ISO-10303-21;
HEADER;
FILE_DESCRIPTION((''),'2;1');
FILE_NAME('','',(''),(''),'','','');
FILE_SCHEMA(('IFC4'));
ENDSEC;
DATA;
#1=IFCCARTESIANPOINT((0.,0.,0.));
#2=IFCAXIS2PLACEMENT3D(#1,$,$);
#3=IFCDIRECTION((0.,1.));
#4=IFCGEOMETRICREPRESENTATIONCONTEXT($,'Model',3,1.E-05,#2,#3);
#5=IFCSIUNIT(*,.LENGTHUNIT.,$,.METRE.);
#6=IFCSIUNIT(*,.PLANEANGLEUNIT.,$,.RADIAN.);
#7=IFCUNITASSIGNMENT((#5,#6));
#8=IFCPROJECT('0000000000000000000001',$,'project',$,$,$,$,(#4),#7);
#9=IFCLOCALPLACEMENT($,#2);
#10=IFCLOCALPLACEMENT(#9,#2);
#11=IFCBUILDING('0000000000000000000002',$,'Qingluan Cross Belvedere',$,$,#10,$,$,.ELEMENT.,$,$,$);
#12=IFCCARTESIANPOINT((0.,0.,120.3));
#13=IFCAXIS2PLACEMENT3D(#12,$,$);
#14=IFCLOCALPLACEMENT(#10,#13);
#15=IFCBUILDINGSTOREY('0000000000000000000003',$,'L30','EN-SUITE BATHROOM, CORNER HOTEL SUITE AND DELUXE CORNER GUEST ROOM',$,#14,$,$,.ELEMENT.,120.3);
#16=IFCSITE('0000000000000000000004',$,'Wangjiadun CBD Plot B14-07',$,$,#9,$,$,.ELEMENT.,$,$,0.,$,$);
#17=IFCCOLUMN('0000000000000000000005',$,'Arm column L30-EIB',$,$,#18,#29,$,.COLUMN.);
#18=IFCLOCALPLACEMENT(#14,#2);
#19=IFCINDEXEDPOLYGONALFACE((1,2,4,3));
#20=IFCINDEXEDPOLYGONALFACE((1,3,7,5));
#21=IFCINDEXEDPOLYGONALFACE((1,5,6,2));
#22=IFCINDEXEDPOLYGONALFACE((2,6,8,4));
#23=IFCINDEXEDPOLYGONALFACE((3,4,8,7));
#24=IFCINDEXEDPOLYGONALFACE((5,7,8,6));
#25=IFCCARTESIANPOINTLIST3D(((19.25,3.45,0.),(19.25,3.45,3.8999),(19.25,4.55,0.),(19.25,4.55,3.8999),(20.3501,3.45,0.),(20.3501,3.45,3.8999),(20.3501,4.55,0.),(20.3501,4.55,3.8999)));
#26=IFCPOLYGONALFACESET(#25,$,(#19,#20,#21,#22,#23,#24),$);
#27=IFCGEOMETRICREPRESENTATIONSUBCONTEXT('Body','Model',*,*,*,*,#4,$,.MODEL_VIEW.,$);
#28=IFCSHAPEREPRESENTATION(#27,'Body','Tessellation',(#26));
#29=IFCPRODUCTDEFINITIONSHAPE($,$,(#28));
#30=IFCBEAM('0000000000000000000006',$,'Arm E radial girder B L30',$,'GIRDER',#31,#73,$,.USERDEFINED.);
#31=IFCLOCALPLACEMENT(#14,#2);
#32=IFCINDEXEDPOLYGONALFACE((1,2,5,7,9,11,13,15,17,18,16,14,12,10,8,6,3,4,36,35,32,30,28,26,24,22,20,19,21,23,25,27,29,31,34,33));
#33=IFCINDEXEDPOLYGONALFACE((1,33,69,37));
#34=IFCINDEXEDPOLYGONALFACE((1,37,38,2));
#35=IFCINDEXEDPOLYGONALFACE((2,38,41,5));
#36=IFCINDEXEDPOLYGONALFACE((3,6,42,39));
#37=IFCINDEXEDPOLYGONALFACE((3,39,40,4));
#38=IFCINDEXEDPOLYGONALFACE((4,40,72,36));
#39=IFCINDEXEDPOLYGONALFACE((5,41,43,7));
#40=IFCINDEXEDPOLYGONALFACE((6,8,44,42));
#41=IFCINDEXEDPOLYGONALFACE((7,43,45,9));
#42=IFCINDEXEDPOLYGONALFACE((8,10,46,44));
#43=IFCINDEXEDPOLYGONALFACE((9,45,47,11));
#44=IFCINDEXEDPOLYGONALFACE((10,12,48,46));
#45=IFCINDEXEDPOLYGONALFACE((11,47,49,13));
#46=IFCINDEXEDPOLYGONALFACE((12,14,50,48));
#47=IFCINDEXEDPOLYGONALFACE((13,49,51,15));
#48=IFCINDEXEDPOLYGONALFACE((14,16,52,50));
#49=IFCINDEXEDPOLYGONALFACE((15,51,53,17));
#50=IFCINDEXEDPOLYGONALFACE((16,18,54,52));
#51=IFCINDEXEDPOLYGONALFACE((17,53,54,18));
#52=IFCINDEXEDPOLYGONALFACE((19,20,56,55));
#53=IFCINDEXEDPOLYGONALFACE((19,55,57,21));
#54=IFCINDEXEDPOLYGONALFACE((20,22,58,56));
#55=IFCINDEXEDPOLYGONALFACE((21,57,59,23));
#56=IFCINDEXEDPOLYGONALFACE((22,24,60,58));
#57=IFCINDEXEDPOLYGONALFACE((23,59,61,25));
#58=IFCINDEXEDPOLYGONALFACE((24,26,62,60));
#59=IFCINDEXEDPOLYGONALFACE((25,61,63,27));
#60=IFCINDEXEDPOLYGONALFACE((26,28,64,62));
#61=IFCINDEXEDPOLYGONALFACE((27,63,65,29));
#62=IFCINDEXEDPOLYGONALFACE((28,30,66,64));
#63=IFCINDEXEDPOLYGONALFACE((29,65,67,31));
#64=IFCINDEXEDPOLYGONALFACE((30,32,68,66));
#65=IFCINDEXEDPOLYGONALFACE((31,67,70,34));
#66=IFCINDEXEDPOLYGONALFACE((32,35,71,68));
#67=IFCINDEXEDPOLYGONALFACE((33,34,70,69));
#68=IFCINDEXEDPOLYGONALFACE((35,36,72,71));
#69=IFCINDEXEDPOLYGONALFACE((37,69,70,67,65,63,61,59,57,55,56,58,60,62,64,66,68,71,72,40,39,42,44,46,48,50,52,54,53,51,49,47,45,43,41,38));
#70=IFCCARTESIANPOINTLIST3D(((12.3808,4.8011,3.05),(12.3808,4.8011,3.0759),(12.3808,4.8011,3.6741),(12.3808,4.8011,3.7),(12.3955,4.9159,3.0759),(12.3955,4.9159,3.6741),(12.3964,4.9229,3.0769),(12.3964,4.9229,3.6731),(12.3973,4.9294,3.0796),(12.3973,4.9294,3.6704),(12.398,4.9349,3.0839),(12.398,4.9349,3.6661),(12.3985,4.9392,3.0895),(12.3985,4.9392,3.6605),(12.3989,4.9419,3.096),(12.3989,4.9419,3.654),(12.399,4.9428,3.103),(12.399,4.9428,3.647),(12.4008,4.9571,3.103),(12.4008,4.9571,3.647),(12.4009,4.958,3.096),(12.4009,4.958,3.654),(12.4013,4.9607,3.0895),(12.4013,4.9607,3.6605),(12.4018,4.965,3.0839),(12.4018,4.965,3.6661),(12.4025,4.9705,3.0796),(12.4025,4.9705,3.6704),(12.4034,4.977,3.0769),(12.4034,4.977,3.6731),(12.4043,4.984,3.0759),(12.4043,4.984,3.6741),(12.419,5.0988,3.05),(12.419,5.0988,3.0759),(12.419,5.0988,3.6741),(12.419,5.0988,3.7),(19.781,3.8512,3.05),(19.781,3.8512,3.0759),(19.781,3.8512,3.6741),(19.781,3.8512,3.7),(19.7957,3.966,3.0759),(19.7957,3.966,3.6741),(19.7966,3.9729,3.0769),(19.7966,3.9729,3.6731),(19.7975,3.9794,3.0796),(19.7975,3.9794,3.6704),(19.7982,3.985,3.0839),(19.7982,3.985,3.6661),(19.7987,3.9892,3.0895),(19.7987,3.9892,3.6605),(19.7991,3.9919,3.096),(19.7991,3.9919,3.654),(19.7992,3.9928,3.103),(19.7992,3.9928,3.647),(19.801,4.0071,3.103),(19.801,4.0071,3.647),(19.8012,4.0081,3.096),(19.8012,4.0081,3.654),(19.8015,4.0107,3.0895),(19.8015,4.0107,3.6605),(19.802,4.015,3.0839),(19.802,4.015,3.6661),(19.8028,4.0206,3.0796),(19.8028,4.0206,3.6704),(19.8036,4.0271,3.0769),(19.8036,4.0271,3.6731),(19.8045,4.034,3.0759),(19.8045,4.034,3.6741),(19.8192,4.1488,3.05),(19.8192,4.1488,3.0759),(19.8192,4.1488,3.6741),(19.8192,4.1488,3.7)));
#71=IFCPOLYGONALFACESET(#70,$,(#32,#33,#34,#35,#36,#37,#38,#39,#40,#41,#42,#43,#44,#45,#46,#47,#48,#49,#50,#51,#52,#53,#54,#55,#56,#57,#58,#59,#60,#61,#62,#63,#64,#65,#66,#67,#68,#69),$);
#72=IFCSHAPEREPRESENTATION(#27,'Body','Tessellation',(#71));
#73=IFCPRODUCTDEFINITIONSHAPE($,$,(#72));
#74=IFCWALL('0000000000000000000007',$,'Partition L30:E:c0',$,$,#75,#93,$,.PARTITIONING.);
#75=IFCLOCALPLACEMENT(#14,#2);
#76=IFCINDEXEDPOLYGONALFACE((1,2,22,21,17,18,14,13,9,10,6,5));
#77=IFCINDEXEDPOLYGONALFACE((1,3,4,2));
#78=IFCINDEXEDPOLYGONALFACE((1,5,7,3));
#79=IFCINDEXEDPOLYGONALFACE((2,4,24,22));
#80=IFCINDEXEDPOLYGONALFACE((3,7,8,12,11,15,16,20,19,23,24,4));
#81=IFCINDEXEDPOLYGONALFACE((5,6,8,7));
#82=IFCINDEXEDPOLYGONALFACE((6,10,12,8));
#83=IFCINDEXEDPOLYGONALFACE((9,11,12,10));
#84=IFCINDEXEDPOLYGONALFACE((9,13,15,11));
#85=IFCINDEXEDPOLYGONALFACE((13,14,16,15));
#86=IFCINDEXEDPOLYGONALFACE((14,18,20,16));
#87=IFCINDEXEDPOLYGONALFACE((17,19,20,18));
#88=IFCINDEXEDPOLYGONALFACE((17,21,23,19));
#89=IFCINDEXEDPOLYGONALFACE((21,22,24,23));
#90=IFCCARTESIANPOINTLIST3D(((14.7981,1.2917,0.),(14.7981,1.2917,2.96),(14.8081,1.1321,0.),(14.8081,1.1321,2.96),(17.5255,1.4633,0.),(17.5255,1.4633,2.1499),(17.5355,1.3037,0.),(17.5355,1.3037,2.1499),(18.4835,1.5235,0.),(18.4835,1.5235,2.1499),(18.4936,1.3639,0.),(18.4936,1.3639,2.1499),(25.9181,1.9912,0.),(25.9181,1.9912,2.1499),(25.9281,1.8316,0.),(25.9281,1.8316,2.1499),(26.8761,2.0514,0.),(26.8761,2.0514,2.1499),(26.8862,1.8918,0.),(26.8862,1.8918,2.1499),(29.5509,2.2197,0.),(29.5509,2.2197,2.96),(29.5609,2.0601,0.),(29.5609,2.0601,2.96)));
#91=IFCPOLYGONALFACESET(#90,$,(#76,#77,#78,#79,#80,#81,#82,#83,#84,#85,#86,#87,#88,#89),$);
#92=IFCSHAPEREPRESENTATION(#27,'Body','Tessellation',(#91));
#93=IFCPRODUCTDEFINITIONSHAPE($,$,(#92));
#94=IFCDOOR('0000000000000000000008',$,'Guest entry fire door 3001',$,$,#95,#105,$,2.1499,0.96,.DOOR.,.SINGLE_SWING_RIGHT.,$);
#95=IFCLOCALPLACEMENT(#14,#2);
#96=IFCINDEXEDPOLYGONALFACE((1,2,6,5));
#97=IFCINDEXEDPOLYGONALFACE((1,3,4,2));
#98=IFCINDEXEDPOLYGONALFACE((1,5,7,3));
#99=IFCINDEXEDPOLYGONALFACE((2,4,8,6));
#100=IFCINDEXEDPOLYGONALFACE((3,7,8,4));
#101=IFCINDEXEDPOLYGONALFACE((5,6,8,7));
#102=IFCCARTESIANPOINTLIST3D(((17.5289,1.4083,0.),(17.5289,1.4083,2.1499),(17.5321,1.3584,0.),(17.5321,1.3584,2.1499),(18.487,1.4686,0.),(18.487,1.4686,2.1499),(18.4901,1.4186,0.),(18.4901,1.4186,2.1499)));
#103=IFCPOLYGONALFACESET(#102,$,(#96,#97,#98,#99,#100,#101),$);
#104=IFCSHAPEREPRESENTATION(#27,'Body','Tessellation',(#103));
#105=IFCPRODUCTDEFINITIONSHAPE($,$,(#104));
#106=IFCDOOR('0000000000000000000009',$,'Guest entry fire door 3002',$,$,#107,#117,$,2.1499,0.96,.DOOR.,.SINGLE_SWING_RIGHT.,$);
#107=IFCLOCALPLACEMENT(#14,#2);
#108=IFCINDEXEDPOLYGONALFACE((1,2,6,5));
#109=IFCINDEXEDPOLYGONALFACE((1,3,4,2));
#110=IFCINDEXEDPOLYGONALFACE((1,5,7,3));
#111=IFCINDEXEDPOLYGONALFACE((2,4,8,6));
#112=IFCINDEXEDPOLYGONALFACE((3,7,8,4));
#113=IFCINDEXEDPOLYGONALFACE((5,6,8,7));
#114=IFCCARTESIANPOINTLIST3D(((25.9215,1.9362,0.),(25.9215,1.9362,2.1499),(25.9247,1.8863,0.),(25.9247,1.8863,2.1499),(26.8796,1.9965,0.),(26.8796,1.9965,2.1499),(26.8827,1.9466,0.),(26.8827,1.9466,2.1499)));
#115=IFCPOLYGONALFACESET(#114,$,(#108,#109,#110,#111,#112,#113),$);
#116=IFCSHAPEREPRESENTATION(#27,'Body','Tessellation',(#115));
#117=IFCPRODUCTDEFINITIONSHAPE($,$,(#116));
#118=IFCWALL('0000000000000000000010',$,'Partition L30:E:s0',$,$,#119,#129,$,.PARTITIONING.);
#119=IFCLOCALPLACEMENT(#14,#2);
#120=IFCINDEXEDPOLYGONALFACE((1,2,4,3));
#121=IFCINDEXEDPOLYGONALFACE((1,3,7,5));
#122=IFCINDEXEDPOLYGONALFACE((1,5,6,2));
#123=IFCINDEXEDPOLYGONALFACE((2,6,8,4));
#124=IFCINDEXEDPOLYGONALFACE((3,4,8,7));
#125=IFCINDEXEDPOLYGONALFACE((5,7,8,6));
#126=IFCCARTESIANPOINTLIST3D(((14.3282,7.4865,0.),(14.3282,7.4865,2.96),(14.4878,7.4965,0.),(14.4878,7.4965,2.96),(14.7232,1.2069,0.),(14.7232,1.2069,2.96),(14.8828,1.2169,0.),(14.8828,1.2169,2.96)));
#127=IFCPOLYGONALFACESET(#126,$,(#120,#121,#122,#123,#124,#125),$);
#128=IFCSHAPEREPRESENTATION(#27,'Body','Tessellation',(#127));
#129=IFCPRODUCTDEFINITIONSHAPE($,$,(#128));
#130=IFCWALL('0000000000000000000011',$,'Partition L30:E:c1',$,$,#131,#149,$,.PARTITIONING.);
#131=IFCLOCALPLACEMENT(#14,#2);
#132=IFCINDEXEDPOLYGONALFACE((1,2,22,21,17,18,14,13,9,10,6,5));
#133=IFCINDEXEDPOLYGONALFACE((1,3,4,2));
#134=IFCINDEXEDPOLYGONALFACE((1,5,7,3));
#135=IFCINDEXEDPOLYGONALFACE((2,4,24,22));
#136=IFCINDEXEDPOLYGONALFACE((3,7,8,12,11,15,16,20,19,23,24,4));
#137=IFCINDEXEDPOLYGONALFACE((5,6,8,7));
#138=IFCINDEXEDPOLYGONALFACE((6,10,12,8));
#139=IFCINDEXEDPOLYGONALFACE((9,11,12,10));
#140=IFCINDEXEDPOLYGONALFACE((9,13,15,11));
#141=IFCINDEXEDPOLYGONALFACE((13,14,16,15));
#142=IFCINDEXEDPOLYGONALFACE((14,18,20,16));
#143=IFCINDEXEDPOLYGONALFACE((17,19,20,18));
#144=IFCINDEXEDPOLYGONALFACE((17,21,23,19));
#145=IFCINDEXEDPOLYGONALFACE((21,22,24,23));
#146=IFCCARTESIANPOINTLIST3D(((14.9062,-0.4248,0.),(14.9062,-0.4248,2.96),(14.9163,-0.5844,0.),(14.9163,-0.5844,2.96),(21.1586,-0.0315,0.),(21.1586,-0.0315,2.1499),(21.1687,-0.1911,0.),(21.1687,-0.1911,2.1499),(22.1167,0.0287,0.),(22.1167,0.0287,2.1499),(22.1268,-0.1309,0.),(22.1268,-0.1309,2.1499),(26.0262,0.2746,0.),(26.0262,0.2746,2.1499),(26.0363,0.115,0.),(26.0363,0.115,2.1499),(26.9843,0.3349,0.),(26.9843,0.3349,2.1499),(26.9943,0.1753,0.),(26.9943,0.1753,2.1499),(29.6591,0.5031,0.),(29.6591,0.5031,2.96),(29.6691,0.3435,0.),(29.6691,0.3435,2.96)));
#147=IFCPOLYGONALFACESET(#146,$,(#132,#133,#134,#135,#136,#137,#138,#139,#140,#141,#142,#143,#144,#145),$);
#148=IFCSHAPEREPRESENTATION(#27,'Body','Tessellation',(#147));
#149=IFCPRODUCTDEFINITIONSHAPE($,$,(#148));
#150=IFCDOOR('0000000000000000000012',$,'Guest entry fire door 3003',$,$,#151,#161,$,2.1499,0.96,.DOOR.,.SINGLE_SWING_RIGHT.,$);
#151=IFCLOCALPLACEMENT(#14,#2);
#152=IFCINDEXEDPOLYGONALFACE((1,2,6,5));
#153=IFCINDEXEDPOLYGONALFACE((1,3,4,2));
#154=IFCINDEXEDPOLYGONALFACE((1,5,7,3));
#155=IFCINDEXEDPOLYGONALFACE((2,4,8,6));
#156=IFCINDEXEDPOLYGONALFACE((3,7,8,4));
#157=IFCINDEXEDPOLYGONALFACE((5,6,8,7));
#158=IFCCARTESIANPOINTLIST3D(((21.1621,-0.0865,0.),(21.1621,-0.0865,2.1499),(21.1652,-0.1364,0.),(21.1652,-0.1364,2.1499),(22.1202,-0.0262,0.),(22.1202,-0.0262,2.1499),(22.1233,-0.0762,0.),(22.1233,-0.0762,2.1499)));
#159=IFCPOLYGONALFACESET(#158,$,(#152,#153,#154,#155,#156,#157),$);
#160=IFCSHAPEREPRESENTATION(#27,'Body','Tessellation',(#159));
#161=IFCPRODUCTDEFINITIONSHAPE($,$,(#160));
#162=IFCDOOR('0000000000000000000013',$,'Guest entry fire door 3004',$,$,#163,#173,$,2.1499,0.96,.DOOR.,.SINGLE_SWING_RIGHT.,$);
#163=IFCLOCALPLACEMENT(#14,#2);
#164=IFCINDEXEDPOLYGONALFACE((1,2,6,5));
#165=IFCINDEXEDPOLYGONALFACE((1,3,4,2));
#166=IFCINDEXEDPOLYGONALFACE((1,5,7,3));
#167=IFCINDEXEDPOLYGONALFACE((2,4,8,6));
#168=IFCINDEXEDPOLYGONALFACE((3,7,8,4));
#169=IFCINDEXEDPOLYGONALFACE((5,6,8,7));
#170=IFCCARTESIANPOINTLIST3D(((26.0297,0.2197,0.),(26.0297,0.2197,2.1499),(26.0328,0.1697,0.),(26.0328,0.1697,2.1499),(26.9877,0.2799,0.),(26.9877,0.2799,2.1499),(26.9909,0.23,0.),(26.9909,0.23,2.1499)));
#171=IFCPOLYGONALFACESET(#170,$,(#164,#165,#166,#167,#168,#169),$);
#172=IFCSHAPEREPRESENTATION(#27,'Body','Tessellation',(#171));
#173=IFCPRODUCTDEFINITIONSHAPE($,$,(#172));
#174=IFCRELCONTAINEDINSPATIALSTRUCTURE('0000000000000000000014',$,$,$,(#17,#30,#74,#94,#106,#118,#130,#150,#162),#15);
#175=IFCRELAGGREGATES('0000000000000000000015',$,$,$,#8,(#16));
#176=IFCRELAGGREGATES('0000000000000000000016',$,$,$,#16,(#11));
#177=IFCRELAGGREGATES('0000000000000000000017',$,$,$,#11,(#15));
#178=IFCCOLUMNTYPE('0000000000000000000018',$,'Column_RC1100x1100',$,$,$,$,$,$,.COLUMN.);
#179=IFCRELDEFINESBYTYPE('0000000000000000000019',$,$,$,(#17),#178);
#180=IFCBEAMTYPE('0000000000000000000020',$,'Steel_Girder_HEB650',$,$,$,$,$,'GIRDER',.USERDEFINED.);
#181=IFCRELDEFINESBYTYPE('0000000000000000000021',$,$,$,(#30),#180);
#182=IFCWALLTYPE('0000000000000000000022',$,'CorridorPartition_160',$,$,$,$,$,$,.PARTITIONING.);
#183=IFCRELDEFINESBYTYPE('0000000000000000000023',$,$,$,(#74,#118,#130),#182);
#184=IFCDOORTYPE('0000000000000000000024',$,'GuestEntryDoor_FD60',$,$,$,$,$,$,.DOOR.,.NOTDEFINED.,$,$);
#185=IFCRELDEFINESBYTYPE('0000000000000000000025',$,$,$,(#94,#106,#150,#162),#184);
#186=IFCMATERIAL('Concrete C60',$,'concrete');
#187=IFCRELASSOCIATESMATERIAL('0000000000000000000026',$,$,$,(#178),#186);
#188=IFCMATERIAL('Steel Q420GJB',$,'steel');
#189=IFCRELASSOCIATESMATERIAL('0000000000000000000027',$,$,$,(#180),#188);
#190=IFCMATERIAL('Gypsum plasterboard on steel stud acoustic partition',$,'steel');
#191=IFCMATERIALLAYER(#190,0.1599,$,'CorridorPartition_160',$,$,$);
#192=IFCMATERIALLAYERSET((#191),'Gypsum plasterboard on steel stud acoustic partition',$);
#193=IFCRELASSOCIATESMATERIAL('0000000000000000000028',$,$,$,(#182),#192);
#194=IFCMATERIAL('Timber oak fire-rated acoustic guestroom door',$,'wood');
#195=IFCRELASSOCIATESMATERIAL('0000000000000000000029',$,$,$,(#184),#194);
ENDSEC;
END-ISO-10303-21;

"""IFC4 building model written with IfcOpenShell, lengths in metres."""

from ifc_helpers import new_model, si_unit, direction, frame, frame_2d, origin, origin_2d, place, context, subcontext, project, spatial, rectangle, i_section, extrude, material, layer, layer_set, material_profile, profile_set, type_object, element, fill, save


model = new_model("IFC4")

# Units and contexts
model_context = context("Model", 3, precision=1e-05, world=origin(), true_north=direction((0.0, 1.0)))
body_context = subcontext(model_context, "Body", "Model", "MODEL_VIEW")
ifc_project = project(units=[si_unit("LENGTHUNIT", "METRE"), si_unit("PLANEANGLEUNIT", "RADIAN")], contexts=[model_context])

# Site, building, storey
site_placement = place(None, origin())
site = spatial("IfcSite", under=ifc_project, at=site_placement, Name="Wangjiadun CBD Plot B14-07", CompositionType="ELEMENT", RefElevation=0.0)
building_placement = place(site_placement, origin())
building = spatial("IfcBuilding", under=site, at=building_placement, Name="Qingluan Cross Belvedere", CompositionType="ELEMENT")
storey_placement = place(building_placement, frame((0.0, 0.0, 120.3)))
storey = spatial("IfcBuildingStorey", under=building, at=storey_placement, Name="L30", Description="EN-SUITE BATHROOM, CORNER HOTEL SUITE AND DELUXE CORNER GUEST ROOM", CompositionType="ELEMENT", Elevation=120.3)

# Column
ifc_material_1 = material(Name="Concrete C60", Category="concrete")
ifc_material_profile_1 = material_profile(ifc_material_1, rectangle(XDim=1.1001, YDim=1.1001, at=origin_2d()), Name="RC1100x1100")
ifc_profile_set_1 = profile_set([ifc_material_profile_1], Name="Concrete C60")
column_type = type_object("IfcColumnType", Name="Column_RC1100x1100", PredefinedType="COLUMN", material=ifc_profile_set_1)
column_placement = place(storey_placement, frame((19.8, 4.0, 0.0), z_axis=(0.0, 0.0, 1.0), x_axis=(1.0, 0.0, 0.0)))
element("IfcColumn", 1, at=column_placement, inside=storey, type_object=column_type, Name="Arm column L30-EIB", PredefinedType="COLUMN", context=body_context, shape_type="SweptSolid", body=[
    extrude(rectangle(XDim=1.1001, YDim=1.1001, at=origin_2d()), origin(), (0.0, 0.0, 1.0), 3.8999),
])

# Beam
ifc_material_2 = material(Name="Steel Q420GJB", Category="steel")
ifc_material_profile_2 = material_profile(ifc_material_2, i_section(OverallWidth=0.3, OverallDepth=0.6499, WebThickness=0.0144, FlangeThickness=0.0259, FilletRadius=0.0271, at=origin_2d()), Name="HEB650")
ifc_profile_set_2 = profile_set([ifc_material_profile_2], Name="Steel Q420GJB")
beam_type = type_object("IfcBeamType", Name="Steel_Girder_HEB650", ElementType="GIRDER", PredefinedType="USERDEFINED", material=ifc_profile_set_2)
beam_placement = place(storey_placement, frame((12.3999, 4.95, 3.375), z_axis=(0.991861, -0.127324, 0.0), x_axis=(0.127324, 0.991861, 0.0)))
element("IfcBeam", 2, at=beam_placement, inside=storey, type_object=beam_type, Name="Arm E radial girder B L30", ObjectType="GIRDER", PredefinedType="USERDEFINED", context=body_context, shape_type="SweptSolid", body=[
    extrude(i_section(OverallWidth=0.3, OverallDepth=0.6499, WebThickness=0.0144, FlangeThickness=0.0259, FilletRadius=0.0271, at=origin_2d()), origin(), (0.0, 0.0, 1.0), 7.4609),
])

# Wall, openings, doors
ifc_material_3 = material(Name="Gypsum plasterboard on steel stud acoustic partition", Category="steel")
ifc_layer_1 = layer(ifc_material_3, 0.1599, Name="CorridorPartition_160")
ifc_layer_set_1 = layer_set([ifc_layer_1], Name="Gypsum plasterboard on steel stud acoustic partition")
wall_type_1 = type_object("IfcWallType", Name="CorridorPartition_160", PredefinedType="PARTITIONING", material=ifc_layer_set_1)
wall_1_placement = place(storey_placement, frame((14.803, 1.2119, 0.0), z_axis=(0.0, 0.0, 1.0), x_axis=(0.998028, 0.062777, 0.0)))
wall_1 = element("IfcWall", 3, at=wall_1_placement, inside=storey, type_object=wall_type_1, Name="Partition L30:E:c0", PredefinedType="PARTITIONING", context=body_context, shape_type="SweptSolid", body=[
    extrude(rectangle(XDim=14.782, YDim=0.1599, at=frame_2d((7.3911, 0.0))), origin(), (0.0, 0.0, 1.0), 2.96),
])
opening_1_placement = place(wall_1_placement, frame((2.7329, 0.0, 0.0)))
opening_1 = element("IfcOpeningElement", 4, at=opening_1_placement, cuts=wall_1, PredefinedType="OPENING", context=body_context, shape_type="SweptSolid", body=[
    extrude(rectangle(XDim=0.96, YDim=2.1499, at=frame_2d((0.48, 1.075))), frame((0.0, 0.0898, 0.0), z_axis=(0.0, -1.0, 0.0), x_axis=(1.0, 0.0, 0.0)), (0.0, 0.0, 1.0), 0.1799),
])
opening_2_placement = place(wall_1_placement, frame((11.1421, 0.0, 0.0)))
opening_2 = element("IfcOpeningElement", 5, at=opening_2_placement, cuts=wall_1, PredefinedType="OPENING", context=body_context, shape_type="SweptSolid", body=[
    extrude(rectangle(XDim=0.96, YDim=2.1499, at=frame_2d((0.48, 1.075))), frame((0.0, 0.0898, 0.0), z_axis=(0.0, -1.0, 0.0), x_axis=(1.0, 0.0, 0.0)), (0.0, 0.0, 1.0), 0.1799),
])
ifc_material_4 = material(Name="Timber oak fire-rated acoustic guestroom door", Category="wood")
door_type_1 = type_object("IfcDoorType", Name="GuestEntryDoor_FD60", OperationType="NOTDEFINED", PredefinedType="DOOR", material=ifc_material_4)
door_1_placement = place(opening_1_placement, origin())
door_1 = element("IfcDoor", 6, at=door_1_placement, inside=storey, type_object=door_type_1, Name="Guest entry fire door 3001", OperationType="SINGLE_SWING_RIGHT", OverallHeight=2.1499, OverallWidth=0.96, PredefinedType="DOOR", context=body_context, shape_type="SweptSolid", body=[
    extrude(rectangle(XDim=0.96, YDim=2.1499, at=frame_2d((0.48, 1.075))), frame((0.0, 0.0249, 0.0), z_axis=(0.0, -1.0, 0.0), x_axis=(1.0, 0.0, 0.0)), (0.0, 0.0, 1.0), 0.05),
])
fill(opening_1, door_1)
door_2_placement = place(opening_2_placement, origin())
door_2 = element("IfcDoor", 7, at=door_2_placement, inside=storey, type_object=door_type_1, Name="Guest entry fire door 3002", OperationType="SINGLE_SWING_RIGHT", OverallHeight=2.1499, OverallWidth=0.96, PredefinedType="DOOR", context=body_context, shape_type="SweptSolid", body=[
    extrude(rectangle(XDim=0.96, YDim=2.1499, at=frame_2d((0.48, 1.075))), frame((0.0, 0.0249, 0.0), z_axis=(0.0, -1.0, 0.0), x_axis=(1.0, 0.0, 0.0)), (0.0, 0.0, 1.0), 0.05),
])
fill(opening_2, door_2)

# Wall
wall_2_placement = place(storey_placement, frame((14.803, 1.2119, 0.0), z_axis=(0.0, 0.0, 1.0), x_axis=(-0.062782, 0.998027, 0.0)))
element("IfcWall", 8, at=wall_2_placement, inside=storey, type_object=wall_type_1, Name="Partition L30:E:s0", PredefinedType="PARTITIONING", context=body_context, shape_type="SweptSolid", body=[
    extrude(rectangle(XDim=6.292, YDim=0.1599, at=frame_2d((3.146, 0.0))), origin(), (0.0, 0.0, 1.0), 2.96),
])

# Wall, openings, doors
wall_3_placement = place(storey_placement, frame((14.9111, -0.5046, 0.0), z_axis=(0.0, 0.0, 1.0), x_axis=(0.998028, 0.062777, 0.0)))
wall_3 = element("IfcWall", 9, at=wall_3_placement, inside=storey, type_object=wall_type_1, Name="Partition L30:E:c1", PredefinedType="PARTITIONING", context=body_context, shape_type="SweptSolid", body=[
    extrude(rectangle(XDim=14.782, YDim=0.1599, at=frame_2d((7.3911, 0.0))), origin(), (0.0, 0.0, 1.0), 2.96),
])
opening_3_placement = place(wall_3_placement, frame((6.2649, 0.0, 0.0)))
opening_3 = element("IfcOpeningElement", 10, at=opening_3_placement, cuts=wall_3, PredefinedType="OPENING", context=body_context, shape_type="SweptSolid", body=[
    extrude(rectangle(XDim=0.96, YDim=2.1499, at=frame_2d((0.48, 1.075))), frame((0.0, 0.0898, 0.0), z_axis=(0.0, -1.0, 0.0), x_axis=(1.0, 0.0, 0.0)), (0.0, 0.0, 1.0), 0.1799),
])
opening_4_placement = place(wall_3_placement, frame((11.1421, 0.0, 0.0)))
opening_4 = element("IfcOpeningElement", 11, at=opening_4_placement, cuts=wall_3, PredefinedType="OPENING", context=body_context, shape_type="SweptSolid", body=[
    extrude(rectangle(XDim=0.96, YDim=2.1499, at=frame_2d((0.48, 1.075))), frame((0.0, 0.0898, 0.0), z_axis=(0.0, -1.0, 0.0), x_axis=(1.0, 0.0, 0.0)), (0.0, 0.0, 1.0), 0.1799),
])
door_3_placement = place(opening_3_placement, origin())
door_3 = element("IfcDoor", 12, at=door_3_placement, inside=storey, type_object=door_type_1, Name="Guest entry fire door 3003", OperationType="SINGLE_SWING_RIGHT", OverallHeight=2.1499, OverallWidth=0.96, PredefinedType="DOOR", context=body_context, shape_type="SweptSolid", body=[
    extrude(rectangle(XDim=0.96, YDim=2.1499, at=frame_2d((0.48, 1.075))), frame((0.0, 0.0249, 0.0), z_axis=(0.0, -1.0, 0.0), x_axis=(1.0, 0.0, 0.0)), (0.0, 0.0, 1.0), 0.05),
])
fill(opening_3, door_3)
door_4_placement = place(opening_4_placement, origin())
door_4 = element("IfcDoor", 13, at=door_4_placement, inside=storey, type_object=door_type_1, Name="Guest entry fire door 3004", OperationType="SINGLE_SWING_RIGHT", OverallHeight=2.1499, OverallWidth=0.96, PredefinedType="DOOR", context=body_context, shape_type="SweptSolid", body=[
    extrude(rectangle(XDim=0.96, YDim=2.1499, at=frame_2d((0.48, 1.075))), frame((0.0, 0.0249, 0.0), z_axis=(0.0, -1.0, 0.0), x_axis=(1.0, 0.0, 0.0)), (0.0, 0.0, 1.0), 0.05),
])
fill(opening_4, door_4)

save(model, "model.ifc")
